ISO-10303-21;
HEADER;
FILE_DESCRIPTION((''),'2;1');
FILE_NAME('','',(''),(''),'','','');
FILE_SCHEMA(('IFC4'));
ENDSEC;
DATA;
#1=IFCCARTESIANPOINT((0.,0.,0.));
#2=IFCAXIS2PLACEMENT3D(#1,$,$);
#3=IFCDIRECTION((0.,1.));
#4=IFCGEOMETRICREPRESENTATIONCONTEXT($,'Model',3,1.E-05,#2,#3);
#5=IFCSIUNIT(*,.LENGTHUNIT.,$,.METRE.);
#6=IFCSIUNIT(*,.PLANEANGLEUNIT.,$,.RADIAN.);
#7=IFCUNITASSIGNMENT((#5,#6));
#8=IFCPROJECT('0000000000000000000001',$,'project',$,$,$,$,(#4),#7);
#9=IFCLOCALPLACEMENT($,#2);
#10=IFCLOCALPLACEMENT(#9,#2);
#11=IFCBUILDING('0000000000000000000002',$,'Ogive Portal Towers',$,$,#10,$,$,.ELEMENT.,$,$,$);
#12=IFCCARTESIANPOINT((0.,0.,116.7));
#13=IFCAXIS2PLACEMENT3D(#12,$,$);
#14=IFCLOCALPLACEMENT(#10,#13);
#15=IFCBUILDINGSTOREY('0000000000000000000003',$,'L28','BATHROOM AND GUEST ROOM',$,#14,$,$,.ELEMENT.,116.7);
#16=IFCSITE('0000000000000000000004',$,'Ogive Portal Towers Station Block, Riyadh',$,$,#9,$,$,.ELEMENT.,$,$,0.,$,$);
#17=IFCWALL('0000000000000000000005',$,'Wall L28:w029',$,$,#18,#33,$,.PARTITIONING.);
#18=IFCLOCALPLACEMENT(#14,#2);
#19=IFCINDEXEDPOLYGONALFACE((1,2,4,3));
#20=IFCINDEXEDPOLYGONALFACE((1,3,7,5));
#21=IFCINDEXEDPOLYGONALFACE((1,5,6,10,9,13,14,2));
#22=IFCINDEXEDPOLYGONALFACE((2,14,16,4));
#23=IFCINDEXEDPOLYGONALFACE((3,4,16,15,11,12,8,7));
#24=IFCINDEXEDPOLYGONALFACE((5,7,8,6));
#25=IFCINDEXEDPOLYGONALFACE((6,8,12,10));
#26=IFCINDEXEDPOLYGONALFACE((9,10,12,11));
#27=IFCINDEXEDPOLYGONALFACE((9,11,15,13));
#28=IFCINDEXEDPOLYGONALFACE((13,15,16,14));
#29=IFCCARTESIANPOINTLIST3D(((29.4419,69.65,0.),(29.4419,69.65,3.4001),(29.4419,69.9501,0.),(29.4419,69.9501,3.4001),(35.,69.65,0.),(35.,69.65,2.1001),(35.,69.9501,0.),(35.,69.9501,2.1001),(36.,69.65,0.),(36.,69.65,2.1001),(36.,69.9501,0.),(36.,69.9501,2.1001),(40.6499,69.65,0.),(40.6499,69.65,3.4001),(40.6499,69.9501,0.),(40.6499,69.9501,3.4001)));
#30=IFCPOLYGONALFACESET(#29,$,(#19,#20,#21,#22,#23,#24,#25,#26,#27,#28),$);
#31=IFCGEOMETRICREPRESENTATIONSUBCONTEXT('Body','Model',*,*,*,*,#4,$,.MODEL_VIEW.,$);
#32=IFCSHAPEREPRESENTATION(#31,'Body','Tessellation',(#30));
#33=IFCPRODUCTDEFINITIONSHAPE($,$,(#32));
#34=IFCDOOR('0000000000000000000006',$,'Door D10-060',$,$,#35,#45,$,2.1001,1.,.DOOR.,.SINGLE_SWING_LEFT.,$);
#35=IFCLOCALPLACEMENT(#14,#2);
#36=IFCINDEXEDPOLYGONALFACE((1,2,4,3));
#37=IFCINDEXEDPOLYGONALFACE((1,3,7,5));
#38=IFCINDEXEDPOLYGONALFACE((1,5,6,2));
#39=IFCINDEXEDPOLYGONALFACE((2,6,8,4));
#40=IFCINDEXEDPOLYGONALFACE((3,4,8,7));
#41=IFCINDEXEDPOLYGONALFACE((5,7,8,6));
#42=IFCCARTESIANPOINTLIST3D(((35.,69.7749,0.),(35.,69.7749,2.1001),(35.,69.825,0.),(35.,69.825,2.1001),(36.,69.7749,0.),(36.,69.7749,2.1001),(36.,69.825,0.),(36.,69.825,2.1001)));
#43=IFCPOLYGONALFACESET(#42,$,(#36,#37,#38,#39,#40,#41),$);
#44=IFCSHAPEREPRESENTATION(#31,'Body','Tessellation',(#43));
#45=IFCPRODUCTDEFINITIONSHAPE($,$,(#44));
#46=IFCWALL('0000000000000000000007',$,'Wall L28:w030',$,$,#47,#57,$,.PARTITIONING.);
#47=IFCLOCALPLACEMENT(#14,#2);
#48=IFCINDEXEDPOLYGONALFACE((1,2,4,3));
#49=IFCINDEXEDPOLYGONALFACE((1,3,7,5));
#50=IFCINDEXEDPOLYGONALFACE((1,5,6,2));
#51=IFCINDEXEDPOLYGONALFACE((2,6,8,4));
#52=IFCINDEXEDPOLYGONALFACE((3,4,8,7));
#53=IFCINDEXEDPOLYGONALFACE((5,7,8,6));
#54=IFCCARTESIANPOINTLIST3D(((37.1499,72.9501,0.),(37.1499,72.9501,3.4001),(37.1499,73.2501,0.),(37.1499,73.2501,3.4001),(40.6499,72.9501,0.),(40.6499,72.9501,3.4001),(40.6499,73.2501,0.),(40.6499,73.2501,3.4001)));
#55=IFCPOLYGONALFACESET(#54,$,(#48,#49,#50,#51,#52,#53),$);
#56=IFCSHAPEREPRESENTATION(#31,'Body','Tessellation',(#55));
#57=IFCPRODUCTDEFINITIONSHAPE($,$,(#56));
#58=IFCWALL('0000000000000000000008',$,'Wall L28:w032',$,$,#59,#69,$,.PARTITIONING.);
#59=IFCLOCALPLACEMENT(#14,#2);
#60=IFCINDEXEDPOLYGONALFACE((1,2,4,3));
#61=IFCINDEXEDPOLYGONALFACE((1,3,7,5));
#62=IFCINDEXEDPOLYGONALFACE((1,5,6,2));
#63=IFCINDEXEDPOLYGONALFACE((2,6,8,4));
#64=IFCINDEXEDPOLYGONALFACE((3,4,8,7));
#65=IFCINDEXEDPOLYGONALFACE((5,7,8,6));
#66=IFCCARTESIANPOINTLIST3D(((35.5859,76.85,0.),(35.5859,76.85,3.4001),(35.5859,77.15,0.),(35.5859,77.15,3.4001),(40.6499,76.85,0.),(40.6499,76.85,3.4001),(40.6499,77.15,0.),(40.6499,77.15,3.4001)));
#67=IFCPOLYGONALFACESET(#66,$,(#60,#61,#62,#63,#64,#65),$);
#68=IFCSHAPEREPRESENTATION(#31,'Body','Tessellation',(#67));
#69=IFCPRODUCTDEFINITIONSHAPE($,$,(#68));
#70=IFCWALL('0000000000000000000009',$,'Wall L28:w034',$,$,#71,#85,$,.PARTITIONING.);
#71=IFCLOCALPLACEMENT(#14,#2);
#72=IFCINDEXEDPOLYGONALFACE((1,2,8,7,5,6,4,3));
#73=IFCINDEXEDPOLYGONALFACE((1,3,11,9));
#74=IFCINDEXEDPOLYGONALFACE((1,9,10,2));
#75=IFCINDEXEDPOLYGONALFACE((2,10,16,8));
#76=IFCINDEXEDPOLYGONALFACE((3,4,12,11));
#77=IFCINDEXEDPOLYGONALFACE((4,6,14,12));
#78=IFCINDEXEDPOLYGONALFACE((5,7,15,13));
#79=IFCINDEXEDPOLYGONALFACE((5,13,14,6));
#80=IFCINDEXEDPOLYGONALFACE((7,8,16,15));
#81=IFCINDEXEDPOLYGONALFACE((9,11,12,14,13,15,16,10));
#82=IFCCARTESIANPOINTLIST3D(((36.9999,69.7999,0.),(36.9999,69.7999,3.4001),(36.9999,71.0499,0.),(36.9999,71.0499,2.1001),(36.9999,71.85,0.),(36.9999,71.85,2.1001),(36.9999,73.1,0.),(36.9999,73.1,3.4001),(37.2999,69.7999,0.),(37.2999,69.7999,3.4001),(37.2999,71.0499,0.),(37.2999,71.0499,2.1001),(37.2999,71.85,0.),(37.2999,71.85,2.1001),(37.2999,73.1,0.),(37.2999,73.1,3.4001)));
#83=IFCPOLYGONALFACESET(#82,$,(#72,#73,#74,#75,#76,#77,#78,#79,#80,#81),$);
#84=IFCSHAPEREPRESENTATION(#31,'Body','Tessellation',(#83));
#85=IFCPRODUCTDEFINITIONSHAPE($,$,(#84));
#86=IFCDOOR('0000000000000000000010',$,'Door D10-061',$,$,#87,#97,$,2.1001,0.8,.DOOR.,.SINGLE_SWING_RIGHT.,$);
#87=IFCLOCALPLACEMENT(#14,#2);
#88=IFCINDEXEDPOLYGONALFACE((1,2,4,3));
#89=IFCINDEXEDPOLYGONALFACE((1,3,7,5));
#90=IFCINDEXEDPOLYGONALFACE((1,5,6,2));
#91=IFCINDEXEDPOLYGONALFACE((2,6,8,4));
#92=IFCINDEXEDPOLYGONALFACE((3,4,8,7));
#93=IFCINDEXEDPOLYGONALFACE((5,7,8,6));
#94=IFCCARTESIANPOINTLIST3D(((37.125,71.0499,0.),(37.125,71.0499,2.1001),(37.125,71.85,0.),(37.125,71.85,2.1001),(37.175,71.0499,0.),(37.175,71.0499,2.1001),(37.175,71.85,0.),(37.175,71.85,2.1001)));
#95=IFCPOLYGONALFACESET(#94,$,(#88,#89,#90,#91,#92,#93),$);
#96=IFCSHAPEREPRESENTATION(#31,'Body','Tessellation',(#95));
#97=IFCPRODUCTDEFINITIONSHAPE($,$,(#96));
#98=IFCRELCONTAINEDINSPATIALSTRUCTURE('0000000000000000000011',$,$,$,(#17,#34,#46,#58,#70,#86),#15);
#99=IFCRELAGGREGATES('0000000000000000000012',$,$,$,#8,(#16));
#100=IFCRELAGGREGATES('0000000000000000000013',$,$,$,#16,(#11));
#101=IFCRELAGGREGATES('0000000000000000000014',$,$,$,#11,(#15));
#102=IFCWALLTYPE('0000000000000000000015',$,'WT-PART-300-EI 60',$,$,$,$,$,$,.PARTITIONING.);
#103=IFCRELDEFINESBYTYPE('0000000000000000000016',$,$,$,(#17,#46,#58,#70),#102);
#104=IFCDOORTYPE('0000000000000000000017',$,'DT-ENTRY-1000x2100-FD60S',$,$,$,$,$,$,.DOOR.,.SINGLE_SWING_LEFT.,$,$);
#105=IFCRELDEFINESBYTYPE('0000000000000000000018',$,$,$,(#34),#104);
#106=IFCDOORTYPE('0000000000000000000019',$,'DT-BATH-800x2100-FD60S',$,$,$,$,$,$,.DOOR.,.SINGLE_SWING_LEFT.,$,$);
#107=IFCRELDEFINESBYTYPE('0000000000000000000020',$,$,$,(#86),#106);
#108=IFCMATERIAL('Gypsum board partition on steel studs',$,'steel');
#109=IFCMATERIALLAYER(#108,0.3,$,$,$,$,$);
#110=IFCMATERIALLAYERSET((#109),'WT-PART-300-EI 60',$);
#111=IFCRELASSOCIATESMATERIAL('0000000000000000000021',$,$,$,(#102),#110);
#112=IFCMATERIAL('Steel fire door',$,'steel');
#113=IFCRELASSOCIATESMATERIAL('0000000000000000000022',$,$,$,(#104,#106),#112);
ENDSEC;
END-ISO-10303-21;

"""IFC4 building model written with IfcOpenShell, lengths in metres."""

from ifc_helpers import new_model, si_unit, direction, frame, frame_2d, origin, place, context, subcontext, project, spatial, rectangle, extrude, material, layer, layer_set, type_object, element, fill, save


model = new_model("IFC4")

# Units and contexts
model_context = context("Model", 3, precision=1e-05, world=origin(), true_north=direction((0.0, 1.0)))
body_context = subcontext(model_context, "Body", "Model", "MODEL_VIEW")
ifc_project = project(units=[si_unit("LENGTHUNIT", "METRE"), si_unit("PLANEANGLEUNIT", "RADIAN")], contexts=[model_context])

# Site, building, storey
site_placement = place(None, origin())
site = spatial("IfcSite", under=ifc_project, at=site_placement, Name="Ogive Portal Towers Station Block, Riyadh", CompositionType="ELEMENT", RefElevation=0.0)
building_placement = place(site_placement, origin())
building = spatial("IfcBuilding", under=site, at=building_placement, Name="Ogive Portal Towers", CompositionType="ELEMENT")
storey_placement = place(building_placement, frame((0.0, 0.0, 116.7)))
storey = spatial("IfcBuildingStorey", under=building, at=storey_placement, Name="L28", Description="BATHROOM AND GUEST ROOM", CompositionType="ELEMENT", Elevation=116.7)

# Wall, opening, door
ifc_material_1 = material(Name="Gypsum board partition on steel studs", Category="steel")
ifc_layer_1 = layer(ifc_material_1, 0.3)
ifc_layer_set_1 = layer_set([ifc_layer_1], Name="WT-PART-300-EI 60")
wall_type_1 = type_object("IfcWallType", Name="WT-PART-300-EI 60", PredefinedType="PARTITIONING", material=ifc_layer_set_1)
wall_1_placement = place(storey_placement, frame((29.4419, 69.8, 0.0), z_axis=(0.0, 0.0, 1.0), x_axis=(1.0, 0.0, 0.0)))
wall_1 = element("IfcWall", 1, at=wall_1_placement, inside=storey, type_object=wall_type_1, Name="Wall L28:w029", PredefinedType="PARTITIONING", context=body_context, shape_type="SweptSolid", body=[
    extrude(rectangle(XDim=11.208, YDim=0.3, at=frame_2d((5.604, 0.0))), origin(), (0.0, 0.0, 1.0), 3.4001),
])
opening_1_placement = place(wall_1_placement, frame((5.5581, 0.0, 0.0)))
opening_1 = element("IfcOpeningElement", 2, at=opening_1_placement, cuts=wall_1, PredefinedType="OPENING", context=body_context, shape_type="SweptSolid", body=[
    extrude(rectangle(XDim=1.0, YDim=2.1001, at=frame_2d((0.5, 1.05))), frame((0.0, 0.1602, 0.0), z_axis=(0.0, -1.0, 0.0), x_axis=(1.0, 0.0, 0.0)), (0.0, 0.0, 1.0), 0.3201),
])
ifc_material_2 = material(Name="Steel fire door", Category="steel")
door_type_1 = type_object("IfcDoorType", Name="DT-ENTRY-1000x2100-FD60S", OperationType="SINGLE_SWING_LEFT", PredefinedType="DOOR", material=ifc_material_2)
door_1_placement = place(opening_1_placement, origin())
door_1 = element("IfcDoor", 3, at=door_1_placement, inside=storey, type_object=door_type_1, Name="Door D10-060", OperationType="SINGLE_SWING_LEFT", OverallHeight=2.1001, OverallWidth=1.0, PredefinedType="DOOR", context=body_context, shape_type="SweptSolid", body=[
    extrude(rectangle(XDim=1.0, YDim=2.1001, at=frame_2d((0.5, 1.05))), frame((0.0, 0.0249, 0.0), z_axis=(0.0, -1.0, 0.0), x_axis=(1.0, 0.0, 0.0)), (0.0, 0.0, 1.0), 0.05),
])
fill(opening_1, door_1)

# Walls
wall_2_placement = place(storey_placement, frame((37.1499, 73.1001, 0.0), z_axis=(0.0, 0.0, 1.0), x_axis=(1.0, 0.0, 0.0)))
element("IfcWall", 4, at=wall_2_placement, inside=storey, type_object=wall_type_1, Name="Wall L28:w030", PredefinedType="PARTITIONING", context=body_context, shape_type="SweptSolid", body=[
    extrude(rectangle(XDim=3.5, YDim=0.3, at=frame_2d((1.75, 0.0))), origin(), (0.0, 0.0, 1.0), 3.4001),
])
wall_3_placement = place(storey_placement, frame((35.5859, 77.0, 0.0), z_axis=(0.0, 0.0, 1.0), x_axis=(1.0, 0.0, 0.0)))
element("IfcWall", 5, at=wall_3_placement, inside=storey, type_object=wall_type_1, Name="Wall L28:w032", PredefinedType="PARTITIONING", context=body_context, shape_type="SweptSolid", body=[
    extrude(rectangle(XDim=5.064, YDim=0.3, at=frame_2d((2.532, 0.0))), origin(), (0.0, 0.0, 1.0), 3.4001),
])

# Wall, opening, door
wall_4_placement = place(storey_placement, frame((37.1499, 69.8, 0.0), z_axis=(0.0, 0.0, 1.0), x_axis=(0.0, 1.0, 0.0)))
wall_4 = element("IfcWall", 6, at=wall_4_placement, inside=storey, type_object=wall_type_1, Name="Wall L28:w034", PredefinedType="PARTITIONING", context=body_context, shape_type="SweptSolid", body=[
    extrude(rectangle(XDim=3.3, YDim=0.3, at=frame_2d((1.6499, 0.0))), origin(), (0.0, 0.0, 1.0), 3.4001),
])
opening_2_placement = place(wall_4_placement, frame((1.25, 0.0, 0.0)))
opening_2 = element("IfcOpeningElement", 7, at=opening_2_placement, cuts=wall_4, PredefinedType="OPENING", context=body_context, shape_type="SweptSolid", body=[
    extrude(rectangle(XDim=0.8, YDim=2.1001, at=frame_2d((0.3999, 1.05))), frame((0.0, 0.1602, 0.0), z_axis=(0.0, -1.0, 0.0), x_axis=(1.0, 0.0, 0.0)), (0.0, 0.0, 1.0), 0.3201),
])
door_type_2 = type_object("IfcDoorType", Name="DT-BATH-800x2100-FD60S", OperationType="SINGLE_SWING_LEFT", PredefinedType="DOOR", material=ifc_material_2)
door_2_placement = place(opening_2_placement, origin())
door_2 = element("IfcDoor", 8, at=door_2_placement, inside=storey, type_object=door_type_2, Name="Door D10-061", OperationType="SINGLE_SWING_RIGHT", OverallHeight=2.1001, OverallWidth=0.8, PredefinedType="DOOR", context=body_context, shape_type="SweptSolid", body=[
    extrude(rectangle(XDim=0.8, YDim=2.1001, at=frame_2d((0.3999, 1.05))), frame((0.0, 0.0249, 0.0), z_axis=(0.0, -1.0, 0.0), x_axis=(1.0, 0.0, 0.0)), (0.0, 0.0, 1.0), 0.05),
])
fill(opening_2, door_2)

save(model, "model.ifc")
